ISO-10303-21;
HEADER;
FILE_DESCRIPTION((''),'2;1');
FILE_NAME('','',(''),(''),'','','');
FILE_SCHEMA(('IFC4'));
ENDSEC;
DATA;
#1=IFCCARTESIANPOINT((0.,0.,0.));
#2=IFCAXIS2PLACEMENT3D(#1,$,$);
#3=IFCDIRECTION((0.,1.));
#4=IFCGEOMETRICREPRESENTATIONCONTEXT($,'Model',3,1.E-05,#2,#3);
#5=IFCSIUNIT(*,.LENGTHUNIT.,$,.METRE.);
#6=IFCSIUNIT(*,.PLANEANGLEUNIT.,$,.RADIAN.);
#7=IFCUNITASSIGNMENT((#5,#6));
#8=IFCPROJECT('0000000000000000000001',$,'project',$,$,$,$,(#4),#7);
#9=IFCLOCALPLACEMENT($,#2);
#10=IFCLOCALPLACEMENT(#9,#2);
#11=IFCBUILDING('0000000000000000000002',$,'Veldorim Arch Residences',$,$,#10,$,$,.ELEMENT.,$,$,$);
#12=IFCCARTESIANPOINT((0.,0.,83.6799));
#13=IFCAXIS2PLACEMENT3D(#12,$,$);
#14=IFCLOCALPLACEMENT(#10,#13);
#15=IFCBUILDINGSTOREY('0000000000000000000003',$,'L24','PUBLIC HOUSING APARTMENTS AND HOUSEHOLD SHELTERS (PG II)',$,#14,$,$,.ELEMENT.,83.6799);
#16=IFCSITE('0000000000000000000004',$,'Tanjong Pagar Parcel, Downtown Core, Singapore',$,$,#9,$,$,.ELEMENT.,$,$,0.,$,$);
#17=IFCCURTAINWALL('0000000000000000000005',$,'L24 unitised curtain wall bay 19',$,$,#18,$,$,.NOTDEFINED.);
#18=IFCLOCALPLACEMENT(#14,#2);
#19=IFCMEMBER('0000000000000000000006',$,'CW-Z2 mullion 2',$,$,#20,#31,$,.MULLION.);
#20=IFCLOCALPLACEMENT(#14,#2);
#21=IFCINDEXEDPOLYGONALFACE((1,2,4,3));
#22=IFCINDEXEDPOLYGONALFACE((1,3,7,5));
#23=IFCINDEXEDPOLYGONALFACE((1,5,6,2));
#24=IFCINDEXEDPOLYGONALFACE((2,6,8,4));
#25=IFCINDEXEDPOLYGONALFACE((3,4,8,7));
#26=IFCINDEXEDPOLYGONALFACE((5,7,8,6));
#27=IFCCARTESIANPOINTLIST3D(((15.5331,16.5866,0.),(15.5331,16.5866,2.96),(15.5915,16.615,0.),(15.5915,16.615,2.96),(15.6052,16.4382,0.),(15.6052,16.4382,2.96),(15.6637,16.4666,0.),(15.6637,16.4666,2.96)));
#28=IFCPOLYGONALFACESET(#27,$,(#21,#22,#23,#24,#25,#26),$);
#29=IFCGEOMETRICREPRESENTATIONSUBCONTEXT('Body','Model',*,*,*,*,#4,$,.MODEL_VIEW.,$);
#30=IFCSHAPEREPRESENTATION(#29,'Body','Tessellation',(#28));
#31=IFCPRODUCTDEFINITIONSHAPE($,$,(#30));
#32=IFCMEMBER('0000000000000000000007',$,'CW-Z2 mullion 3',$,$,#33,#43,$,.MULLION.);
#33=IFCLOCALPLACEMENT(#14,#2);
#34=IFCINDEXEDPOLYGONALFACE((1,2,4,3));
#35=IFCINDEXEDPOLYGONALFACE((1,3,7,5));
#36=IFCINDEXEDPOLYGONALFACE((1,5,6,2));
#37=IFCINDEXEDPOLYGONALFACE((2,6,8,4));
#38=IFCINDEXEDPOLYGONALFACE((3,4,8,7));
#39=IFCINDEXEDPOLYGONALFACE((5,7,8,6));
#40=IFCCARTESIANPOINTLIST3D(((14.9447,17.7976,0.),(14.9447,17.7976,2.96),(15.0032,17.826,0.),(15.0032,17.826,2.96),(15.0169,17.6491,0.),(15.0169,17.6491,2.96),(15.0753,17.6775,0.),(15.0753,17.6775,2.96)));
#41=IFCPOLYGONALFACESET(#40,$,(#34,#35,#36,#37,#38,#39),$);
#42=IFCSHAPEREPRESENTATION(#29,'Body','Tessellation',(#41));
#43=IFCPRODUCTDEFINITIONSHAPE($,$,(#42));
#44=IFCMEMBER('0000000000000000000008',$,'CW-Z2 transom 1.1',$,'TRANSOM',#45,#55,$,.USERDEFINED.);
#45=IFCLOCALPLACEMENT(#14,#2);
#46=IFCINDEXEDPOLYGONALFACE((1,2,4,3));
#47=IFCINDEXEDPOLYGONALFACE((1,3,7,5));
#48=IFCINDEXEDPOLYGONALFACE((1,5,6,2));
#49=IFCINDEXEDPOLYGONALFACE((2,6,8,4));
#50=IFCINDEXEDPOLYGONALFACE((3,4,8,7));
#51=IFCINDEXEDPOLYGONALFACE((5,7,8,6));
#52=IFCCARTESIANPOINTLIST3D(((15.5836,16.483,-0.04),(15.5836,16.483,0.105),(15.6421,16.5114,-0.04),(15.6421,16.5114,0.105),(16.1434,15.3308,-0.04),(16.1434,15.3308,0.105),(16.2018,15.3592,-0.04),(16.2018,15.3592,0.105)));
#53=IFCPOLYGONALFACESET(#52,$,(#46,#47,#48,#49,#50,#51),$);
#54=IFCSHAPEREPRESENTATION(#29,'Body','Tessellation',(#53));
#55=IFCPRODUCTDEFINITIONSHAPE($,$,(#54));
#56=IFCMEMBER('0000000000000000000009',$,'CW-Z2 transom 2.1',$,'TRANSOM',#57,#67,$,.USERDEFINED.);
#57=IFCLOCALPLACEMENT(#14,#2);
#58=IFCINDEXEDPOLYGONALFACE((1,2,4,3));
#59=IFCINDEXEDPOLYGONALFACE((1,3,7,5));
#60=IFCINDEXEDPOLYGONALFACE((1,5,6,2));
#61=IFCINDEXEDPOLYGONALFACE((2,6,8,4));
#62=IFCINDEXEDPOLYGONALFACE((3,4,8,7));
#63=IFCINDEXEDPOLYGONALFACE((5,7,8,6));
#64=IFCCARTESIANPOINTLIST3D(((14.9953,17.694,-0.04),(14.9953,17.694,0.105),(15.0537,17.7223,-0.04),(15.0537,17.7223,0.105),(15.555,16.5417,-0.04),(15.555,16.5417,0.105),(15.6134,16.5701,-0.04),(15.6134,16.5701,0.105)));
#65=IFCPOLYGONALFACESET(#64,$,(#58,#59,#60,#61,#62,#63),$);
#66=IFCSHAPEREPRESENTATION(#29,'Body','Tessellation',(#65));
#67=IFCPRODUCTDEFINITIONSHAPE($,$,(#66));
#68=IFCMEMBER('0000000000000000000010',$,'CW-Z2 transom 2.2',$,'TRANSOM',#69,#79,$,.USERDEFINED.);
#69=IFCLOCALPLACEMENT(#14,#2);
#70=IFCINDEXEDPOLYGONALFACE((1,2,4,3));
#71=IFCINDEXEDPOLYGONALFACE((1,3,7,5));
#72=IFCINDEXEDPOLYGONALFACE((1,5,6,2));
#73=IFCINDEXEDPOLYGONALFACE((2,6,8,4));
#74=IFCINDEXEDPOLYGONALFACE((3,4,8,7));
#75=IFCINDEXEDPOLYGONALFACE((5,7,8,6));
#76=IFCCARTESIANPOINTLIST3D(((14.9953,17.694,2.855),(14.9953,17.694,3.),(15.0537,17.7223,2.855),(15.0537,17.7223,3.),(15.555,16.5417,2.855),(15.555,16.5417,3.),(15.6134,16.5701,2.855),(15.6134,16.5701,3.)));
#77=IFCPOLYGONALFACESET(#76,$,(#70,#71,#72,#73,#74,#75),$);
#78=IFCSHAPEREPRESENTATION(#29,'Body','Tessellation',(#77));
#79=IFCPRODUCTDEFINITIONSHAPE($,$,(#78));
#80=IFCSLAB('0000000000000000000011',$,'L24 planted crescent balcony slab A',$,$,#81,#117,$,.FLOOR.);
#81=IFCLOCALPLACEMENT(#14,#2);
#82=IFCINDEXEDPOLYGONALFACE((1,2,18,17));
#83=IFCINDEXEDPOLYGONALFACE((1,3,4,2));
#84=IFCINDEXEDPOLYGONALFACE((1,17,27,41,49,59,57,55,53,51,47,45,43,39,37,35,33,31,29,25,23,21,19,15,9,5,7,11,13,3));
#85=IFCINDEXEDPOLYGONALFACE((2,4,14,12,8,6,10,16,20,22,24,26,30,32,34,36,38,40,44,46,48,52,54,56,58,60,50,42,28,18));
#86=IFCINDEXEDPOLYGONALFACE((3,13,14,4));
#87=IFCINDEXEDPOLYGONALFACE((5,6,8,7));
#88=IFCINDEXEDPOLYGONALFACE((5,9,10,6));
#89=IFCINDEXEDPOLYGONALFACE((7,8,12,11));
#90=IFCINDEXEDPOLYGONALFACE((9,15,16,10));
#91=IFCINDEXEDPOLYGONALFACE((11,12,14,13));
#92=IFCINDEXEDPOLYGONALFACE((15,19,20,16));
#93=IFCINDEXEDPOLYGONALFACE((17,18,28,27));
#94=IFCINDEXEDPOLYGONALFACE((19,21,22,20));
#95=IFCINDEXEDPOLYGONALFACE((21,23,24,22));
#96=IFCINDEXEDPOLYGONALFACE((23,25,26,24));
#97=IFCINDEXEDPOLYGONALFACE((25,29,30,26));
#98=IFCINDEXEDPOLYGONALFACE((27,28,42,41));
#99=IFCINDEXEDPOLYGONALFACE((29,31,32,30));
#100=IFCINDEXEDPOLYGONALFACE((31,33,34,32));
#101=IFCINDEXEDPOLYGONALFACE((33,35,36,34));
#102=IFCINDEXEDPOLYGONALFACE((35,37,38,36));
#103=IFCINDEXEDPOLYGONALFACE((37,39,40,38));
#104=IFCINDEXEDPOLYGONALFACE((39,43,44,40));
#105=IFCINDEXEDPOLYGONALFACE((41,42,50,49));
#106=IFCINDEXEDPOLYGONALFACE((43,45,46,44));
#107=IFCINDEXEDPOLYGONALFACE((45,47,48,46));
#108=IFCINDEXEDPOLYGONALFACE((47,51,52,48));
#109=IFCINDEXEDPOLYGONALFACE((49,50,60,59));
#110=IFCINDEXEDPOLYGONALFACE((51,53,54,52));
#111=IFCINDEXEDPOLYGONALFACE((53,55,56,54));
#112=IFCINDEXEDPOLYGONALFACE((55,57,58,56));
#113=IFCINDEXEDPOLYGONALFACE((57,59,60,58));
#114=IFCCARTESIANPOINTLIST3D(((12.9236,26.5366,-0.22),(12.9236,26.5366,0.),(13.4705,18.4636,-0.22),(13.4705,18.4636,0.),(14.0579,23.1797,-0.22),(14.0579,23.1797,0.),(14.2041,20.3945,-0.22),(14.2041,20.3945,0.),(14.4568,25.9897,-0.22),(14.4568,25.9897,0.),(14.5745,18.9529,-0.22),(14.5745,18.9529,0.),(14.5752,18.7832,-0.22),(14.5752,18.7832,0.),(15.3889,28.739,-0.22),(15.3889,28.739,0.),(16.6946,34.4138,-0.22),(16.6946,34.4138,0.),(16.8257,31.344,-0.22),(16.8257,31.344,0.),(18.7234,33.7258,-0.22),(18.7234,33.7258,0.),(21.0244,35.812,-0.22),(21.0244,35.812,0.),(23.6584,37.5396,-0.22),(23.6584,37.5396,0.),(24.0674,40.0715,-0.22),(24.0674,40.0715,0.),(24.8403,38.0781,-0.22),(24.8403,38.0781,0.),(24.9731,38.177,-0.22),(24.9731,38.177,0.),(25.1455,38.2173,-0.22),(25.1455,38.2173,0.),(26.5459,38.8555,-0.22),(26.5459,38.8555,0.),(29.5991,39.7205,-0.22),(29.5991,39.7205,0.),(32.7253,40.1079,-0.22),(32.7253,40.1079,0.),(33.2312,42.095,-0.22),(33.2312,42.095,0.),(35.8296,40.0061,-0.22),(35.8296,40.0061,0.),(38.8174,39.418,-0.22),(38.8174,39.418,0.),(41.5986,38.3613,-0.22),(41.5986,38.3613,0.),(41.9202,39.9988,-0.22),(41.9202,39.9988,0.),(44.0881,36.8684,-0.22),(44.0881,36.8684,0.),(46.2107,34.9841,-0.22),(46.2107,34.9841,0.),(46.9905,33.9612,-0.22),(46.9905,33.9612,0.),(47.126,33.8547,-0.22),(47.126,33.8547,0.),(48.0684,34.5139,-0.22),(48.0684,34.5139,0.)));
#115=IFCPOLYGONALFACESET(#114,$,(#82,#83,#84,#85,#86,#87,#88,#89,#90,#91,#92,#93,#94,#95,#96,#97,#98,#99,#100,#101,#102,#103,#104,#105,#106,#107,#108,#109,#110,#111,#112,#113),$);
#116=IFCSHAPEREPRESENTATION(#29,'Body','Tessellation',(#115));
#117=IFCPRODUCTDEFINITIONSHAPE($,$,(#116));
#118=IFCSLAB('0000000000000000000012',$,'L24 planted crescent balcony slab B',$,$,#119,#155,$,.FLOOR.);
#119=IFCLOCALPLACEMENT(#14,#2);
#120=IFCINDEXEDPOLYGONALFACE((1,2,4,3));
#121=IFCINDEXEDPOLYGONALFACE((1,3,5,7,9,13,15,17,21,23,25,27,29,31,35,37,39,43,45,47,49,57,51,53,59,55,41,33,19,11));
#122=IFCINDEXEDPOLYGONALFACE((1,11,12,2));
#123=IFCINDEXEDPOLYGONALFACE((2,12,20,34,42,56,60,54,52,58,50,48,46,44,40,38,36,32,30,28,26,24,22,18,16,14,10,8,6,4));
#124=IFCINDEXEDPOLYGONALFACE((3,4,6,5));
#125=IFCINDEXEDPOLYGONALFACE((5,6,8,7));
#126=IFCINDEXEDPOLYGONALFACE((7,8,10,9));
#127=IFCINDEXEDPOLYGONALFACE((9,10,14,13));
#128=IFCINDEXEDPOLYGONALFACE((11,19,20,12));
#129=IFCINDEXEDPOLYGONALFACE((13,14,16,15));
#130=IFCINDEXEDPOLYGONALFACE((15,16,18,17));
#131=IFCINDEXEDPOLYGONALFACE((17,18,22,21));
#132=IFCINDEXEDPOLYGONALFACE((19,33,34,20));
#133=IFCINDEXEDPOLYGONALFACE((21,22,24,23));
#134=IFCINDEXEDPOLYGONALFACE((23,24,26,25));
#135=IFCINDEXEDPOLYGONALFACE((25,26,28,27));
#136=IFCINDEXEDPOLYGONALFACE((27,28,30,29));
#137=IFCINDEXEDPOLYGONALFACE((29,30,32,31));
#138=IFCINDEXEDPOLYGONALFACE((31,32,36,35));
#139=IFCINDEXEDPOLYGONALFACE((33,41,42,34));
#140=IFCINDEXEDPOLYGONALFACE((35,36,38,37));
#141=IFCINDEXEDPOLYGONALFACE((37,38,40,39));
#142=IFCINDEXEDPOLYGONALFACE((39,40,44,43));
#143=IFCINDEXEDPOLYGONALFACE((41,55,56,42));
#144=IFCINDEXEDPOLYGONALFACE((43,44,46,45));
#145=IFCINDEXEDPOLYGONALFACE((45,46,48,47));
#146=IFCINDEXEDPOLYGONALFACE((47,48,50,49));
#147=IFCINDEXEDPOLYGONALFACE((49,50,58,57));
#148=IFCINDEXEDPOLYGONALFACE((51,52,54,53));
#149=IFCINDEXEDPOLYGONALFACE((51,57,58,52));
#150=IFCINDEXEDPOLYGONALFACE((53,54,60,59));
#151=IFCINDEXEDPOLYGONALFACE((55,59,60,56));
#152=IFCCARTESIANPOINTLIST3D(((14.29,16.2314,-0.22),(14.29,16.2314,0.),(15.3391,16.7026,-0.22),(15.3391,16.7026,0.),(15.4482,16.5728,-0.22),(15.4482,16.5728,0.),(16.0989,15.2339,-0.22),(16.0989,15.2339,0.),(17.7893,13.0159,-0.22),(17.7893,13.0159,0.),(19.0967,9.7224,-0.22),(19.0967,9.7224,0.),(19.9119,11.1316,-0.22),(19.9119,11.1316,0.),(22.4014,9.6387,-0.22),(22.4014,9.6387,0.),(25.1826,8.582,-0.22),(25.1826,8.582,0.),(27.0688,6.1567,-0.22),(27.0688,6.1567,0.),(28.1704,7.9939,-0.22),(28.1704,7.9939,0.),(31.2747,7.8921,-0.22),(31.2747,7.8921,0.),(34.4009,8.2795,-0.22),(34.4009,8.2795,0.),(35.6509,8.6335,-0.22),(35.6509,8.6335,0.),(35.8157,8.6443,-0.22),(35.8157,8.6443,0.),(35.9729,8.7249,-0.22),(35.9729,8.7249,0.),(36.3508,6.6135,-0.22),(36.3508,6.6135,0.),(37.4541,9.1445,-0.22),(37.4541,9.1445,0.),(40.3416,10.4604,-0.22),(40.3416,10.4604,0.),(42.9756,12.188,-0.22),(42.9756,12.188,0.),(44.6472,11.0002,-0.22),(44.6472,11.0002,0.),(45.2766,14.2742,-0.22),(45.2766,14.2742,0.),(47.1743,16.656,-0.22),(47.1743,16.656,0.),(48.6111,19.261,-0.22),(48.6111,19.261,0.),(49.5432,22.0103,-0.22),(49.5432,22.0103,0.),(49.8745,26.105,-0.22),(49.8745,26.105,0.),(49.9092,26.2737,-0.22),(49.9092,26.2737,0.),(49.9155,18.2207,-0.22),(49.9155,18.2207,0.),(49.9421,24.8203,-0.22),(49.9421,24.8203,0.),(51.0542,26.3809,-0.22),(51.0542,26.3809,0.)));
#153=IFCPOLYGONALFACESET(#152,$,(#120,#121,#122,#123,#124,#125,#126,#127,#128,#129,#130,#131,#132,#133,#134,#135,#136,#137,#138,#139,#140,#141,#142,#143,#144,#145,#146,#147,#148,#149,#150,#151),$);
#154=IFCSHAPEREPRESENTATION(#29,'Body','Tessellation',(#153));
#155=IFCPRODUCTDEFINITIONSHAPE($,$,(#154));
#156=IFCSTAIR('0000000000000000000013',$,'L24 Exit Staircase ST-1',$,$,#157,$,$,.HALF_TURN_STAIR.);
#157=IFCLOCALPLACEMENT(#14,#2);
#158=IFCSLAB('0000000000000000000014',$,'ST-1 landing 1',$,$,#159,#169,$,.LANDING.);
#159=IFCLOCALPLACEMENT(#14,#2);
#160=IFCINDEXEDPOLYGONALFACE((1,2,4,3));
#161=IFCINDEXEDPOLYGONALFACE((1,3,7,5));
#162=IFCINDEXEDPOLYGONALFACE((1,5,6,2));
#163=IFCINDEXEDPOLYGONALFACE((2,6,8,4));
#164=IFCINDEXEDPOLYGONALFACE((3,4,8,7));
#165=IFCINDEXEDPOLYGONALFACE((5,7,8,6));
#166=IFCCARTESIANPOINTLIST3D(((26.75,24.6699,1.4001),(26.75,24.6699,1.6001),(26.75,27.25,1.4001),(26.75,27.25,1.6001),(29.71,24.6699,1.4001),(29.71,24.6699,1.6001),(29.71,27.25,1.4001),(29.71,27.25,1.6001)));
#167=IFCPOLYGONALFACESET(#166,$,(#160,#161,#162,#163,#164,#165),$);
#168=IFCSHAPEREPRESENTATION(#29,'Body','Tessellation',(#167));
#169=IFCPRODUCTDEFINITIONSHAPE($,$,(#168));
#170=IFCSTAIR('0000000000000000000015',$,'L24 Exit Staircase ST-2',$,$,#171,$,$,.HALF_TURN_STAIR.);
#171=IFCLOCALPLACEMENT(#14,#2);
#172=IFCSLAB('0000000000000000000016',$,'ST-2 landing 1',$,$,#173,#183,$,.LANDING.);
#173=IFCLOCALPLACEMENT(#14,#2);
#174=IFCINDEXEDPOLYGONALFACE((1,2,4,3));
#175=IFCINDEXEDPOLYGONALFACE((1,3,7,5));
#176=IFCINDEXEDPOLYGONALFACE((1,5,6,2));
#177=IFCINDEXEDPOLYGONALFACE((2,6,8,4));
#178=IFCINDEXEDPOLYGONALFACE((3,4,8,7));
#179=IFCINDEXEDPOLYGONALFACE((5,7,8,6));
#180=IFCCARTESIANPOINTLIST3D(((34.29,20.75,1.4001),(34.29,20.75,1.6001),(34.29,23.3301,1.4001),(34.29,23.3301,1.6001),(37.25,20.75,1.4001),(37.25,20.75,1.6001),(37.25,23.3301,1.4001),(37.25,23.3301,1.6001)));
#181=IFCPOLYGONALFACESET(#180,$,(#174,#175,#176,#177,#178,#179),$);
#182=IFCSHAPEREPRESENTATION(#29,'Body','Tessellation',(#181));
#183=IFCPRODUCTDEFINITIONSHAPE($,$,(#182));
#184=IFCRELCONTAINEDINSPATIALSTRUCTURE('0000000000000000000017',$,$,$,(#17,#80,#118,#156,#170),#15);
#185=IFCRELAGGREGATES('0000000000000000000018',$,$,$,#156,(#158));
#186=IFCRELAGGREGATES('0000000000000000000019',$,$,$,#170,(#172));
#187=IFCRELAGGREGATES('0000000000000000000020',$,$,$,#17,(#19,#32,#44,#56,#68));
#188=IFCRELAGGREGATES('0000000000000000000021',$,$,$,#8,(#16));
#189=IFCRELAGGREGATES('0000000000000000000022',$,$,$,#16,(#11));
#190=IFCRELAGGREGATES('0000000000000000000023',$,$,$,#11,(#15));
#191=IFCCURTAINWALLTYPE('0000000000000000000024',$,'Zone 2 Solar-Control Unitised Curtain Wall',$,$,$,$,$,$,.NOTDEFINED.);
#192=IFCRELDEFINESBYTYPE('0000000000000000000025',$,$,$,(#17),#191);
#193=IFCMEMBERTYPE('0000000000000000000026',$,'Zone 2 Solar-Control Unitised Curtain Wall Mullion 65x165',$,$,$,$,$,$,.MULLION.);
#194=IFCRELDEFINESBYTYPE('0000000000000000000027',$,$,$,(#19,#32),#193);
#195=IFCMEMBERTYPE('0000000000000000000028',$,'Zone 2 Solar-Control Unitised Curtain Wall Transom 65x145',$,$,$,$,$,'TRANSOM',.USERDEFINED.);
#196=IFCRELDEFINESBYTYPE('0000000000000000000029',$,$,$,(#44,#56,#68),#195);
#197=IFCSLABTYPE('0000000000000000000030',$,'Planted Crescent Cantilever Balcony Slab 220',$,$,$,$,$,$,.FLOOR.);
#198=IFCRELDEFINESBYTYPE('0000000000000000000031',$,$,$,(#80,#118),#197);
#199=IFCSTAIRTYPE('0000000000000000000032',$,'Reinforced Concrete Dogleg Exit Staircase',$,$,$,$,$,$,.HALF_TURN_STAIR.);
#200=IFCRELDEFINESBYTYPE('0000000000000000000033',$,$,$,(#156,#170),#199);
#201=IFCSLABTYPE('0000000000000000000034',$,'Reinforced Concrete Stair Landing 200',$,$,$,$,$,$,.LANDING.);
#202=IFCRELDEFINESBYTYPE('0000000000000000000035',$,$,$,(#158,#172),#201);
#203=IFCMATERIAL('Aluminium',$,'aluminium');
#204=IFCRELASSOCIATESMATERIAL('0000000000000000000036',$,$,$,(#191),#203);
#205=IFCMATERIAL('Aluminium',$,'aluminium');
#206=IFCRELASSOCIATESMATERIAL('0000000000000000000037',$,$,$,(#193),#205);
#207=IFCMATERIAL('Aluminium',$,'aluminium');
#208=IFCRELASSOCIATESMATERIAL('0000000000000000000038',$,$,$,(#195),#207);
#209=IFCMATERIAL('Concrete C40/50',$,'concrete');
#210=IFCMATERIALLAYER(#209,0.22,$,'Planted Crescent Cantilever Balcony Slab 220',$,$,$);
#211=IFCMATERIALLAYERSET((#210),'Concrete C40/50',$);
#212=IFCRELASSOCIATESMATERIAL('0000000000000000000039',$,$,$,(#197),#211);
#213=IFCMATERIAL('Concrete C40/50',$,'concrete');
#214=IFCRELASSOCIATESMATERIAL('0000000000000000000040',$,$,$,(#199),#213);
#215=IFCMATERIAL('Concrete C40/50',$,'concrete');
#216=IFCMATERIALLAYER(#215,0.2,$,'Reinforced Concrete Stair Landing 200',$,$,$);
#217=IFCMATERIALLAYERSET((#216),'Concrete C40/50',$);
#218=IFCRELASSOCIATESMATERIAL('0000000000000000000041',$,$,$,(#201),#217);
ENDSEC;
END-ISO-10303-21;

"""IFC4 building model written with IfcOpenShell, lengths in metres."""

from ifc_helpers import new_model, si_unit, direction, frame, origin, origin_2d, place, context, subcontext, project, spatial, polyline, rectangle, outline, extrude, material, layer, layer_set, material_profile, profile_set, type_object, element, aggregate, save


model = new_model("IFC4")

# Units and contexts
model_context = context("Model", 3, precision=1e-05, world=origin(), true_north=direction((0.0, 1.0)))
body_context = subcontext(model_context, "Body", "Model", "MODEL_VIEW")
ifc_project = project(units=[si_unit("LENGTHUNIT", "METRE"), si_unit("PLANEANGLEUNIT", "RADIAN")], contexts=[model_context])

# Site, building, storey
site_placement = place(None, origin())
site = spatial("IfcSite", under=ifc_project, at=site_placement, Name="Tanjong Pagar Parcel, Downtown Core, Singapore", CompositionType="ELEMENT", RefElevation=0.0)
building_placement = place(site_placement, origin())
building = spatial("IfcBuilding", under=site, at=building_placement, Name="Veldorim Arch Residences", CompositionType="ELEMENT")
storey_placement = place(building_placement, frame((0.0, 0.0, 83.6799)))
storey = spatial("IfcBuildingStorey", under=building, at=storey_placement, Name="L24", Description="PUBLIC HOUSING APARTMENTS AND HOUSEHOLD SHELTERS (PG II)", CompositionType="ELEMENT", Elevation=83.6799)

# Curtain wall, members
ifc_material_1 = material(Name="Aluminium", Category="aluminium")
curtain_wall_type = type_object("IfcCurtainWallType", Name="Zone 2 Solar-Control Unitised Curtain Wall", PredefinedType="NOTDEFINED", material=ifc_material_1)
curtain_wall_placement = place(storey_placement, origin())
curtain_wall = element("IfcCurtainWall", 1, at=curtain_wall_placement, inside=storey, type_object=curtain_wall_type, Name="L24 unitised curtain wall bay 19", PredefinedType="NOTDEFINED")
ifc_material_2 = material(Name="Aluminium", Category="aluminium")
ifc_material_profile_1 = material_profile(ifc_material_2, rectangle(XDim=0.0649, YDim=0.165, at=origin_2d()), Name="ALU_MUL_65x165")
ifc_profile_set_1 = profile_set([ifc_material_profile_1], Name="Aluminium")
member_type_1 = type_object("IfcMemberType", Name="Zone 2 Solar-Control Unitised Curtain Wall Mullion 65x165", PredefinedType="MULLION", material=ifc_profile_set_1)
member_1_placement = place(storey_placement, frame((15.5984, 16.5266, 0.0), z_axis=(0.0, 0.0, 1.0), x_axis=(-0.899439, -0.437046, 0.0)))
member_1 = element("IfcMember", 2, at=member_1_placement, type_object=member_type_1, Name="CW-Z2 mullion 2", PredefinedType="MULLION", context=body_context, shape_type="SweptSolid", body=[
    extrude(rectangle(XDim=0.0649, YDim=0.165, at=origin_2d()), origin(), (0.0, 0.0, 1.0), 2.96),
])
member_2_placement = place(storey_placement, frame((15.01, 17.7375, 0.0), z_axis=(0.0, 0.0, 1.0), x_axis=(-0.899439, -0.437046, 0.0)))
member_2 = element("IfcMember", 3, at=member_2_placement, type_object=member_type_1, Name="CW-Z2 mullion 3", PredefinedType="MULLION", context=body_context, shape_type="SweptSolid", body=[
    extrude(rectangle(XDim=0.0649, YDim=0.165, at=origin_2d()), origin(), (0.0, 0.0, 1.0), 2.96),
])
ifc_material_3 = material(Name="Aluminium", Category="aluminium")
ifc_material_profile_2 = material_profile(ifc_material_3, rectangle(XDim=0.0649, YDim=0.145, at=origin_2d()), Name="ALU_TRN_65x145")
ifc_profile_set_2 = profile_set([ifc_material_profile_2], Name="Aluminium")
member_type_2 = type_object("IfcMemberType", Name="Zone 2 Solar-Control Unitised Curtain Wall Transom 65x145", ElementType="TRANSOM", PredefinedType="USERDEFINED", material=ifc_profile_set_2)
member_3_placement = place(storey_placement, frame((16.1726, 15.345, 0.0325), z_axis=(-0.43697, 0.899476, 0.0), x_axis=(-0.899476, -0.43697, 0.0)))
member_3 = element("IfcMember", 4, at=member_3_placement, type_object=member_type_2, Name="CW-Z2 transom 1.1", ObjectType="TRANSOM", PredefinedType="USERDEFINED", context=body_context, shape_type="SweptSolid", body=[
    extrude(rectangle(XDim=0.0649, YDim=0.145, at=origin_2d()), origin(), (0.0, 0.0, 1.0), 1.281),
])
member_4_placement = place(storey_placement, frame((15.5842, 16.5559, 0.0325), z_axis=(-0.43697, 0.899476, 0.0), x_axis=(-0.899476, -0.43697, 0.0)))
member_4 = element("IfcMember", 5, at=member_4_placement, type_object=member_type_2, Name="CW-Z2 transom 2.1", ObjectType="TRANSOM", PredefinedType="USERDEFINED", context=body_context, shape_type="SweptSolid", body=[
    extrude(rectangle(XDim=0.0649, YDim=0.145, at=origin_2d()), origin(), (0.0, 0.0, 1.0), 1.281),
])
member_5_placement = place(storey_placement, frame((15.5842, 16.5559, 2.9275), z_axis=(-0.43697, 0.899476, 0.0), x_axis=(-0.899476, -0.43697, 0.0)))
member_5 = element("IfcMember", 6, at=member_5_placement, type_object=member_type_2, Name="CW-Z2 transom 2.2", ObjectType="TRANSOM", PredefinedType="USERDEFINED", context=body_context, shape_type="SweptSolid", body=[
    extrude(rectangle(XDim=0.0649, YDim=0.145, at=origin_2d()), origin(), (0.0, 0.0, 1.0), 1.281),
])

# Slabs
ifc_material_4 = material(Name="Concrete C40/50", Category="concrete")
ifc_layer_1 = layer(ifc_material_4, 0.22, Name="Planted Crescent Cantilever Balcony Slab 220")
ifc_layer_set_1 = layer_set([ifc_layer_1], Name="Concrete C40/50")
slab_type_1 = type_object("IfcSlabType", Name="Planted Crescent Cantilever Balcony Slab 220", PredefinedType="FLOOR", material=ifc_layer_set_1)
slab_1_placement = place(storey_placement, frame((0.0, 0.0, -0.22)))
element("IfcSlab", 7, at=slab_1_placement, inside=storey, type_object=slab_type_1, Name="L24 planted crescent balcony slab A", PredefinedType="FLOOR", context=body_context, shape_type="SweptSolid", body=[
    extrude(outline(polyline([(46.9905, 33.9612), (46.2107, 34.9841), (44.0881, 36.8684), (41.5986, 38.3613), (38.8174, 39.418), (35.8296, 40.0061), (32.7253, 40.1079), (29.5991, 39.7205), (26.5459, 38.8555), (25.1455, 38.2173), (24.9731, 38.177), (24.8403, 38.0781), (23.6584, 37.5396), (21.0244, 35.812), (18.7234, 33.7258), (16.8257, 31.344), (15.3889, 28.739), (14.4568, 25.9897), (14.0579, 23.1797), (14.2041, 20.3945), (14.5745, 18.9529), (14.5752, 18.7832), (13.4705, 18.4636), (12.9236, 26.5366), (16.6946, 34.4138), (24.0674, 40.0715), (33.2312, 42.095), (41.9202, 39.9988), (48.0684, 34.5139), (47.126, 33.8547), (46.9905, 33.9612)])), origin(), (0.0, 0.0, 1.0), 0.22),
])
slab_2_placement = place(storey_placement, frame((0.0, 0.0, -0.22)))
element("IfcSlab", 8, at=slab_2_placement, inside=storey, type_object=slab_type_1, Name="L24 planted crescent balcony slab B", PredefinedType="FLOOR", context=body_context, shape_type="SweptSolid", body=[
    extrude(outline(polyline([(15.4482, 16.5728), (16.0989, 15.2339), (17.7893, 13.0159), (19.9119, 11.1316), (22.4014, 9.6387), (25.1826, 8.582), (28.1704, 7.9939), (31.2747, 7.8921), (34.4009, 8.2795), (35.6509, 8.6335), (35.8157, 8.6443), (35.9729, 8.7249), (37.4541, 9.1445), (40.3416, 10.4604), (42.9756, 12.188), (45.2766, 14.2742), (47.1743, 16.656), (48.6111, 19.261), (49.5432, 22.0103), (49.9421, 24.8203), (49.8745, 26.105), (49.9092, 26.2737), (51.0542, 26.3809), (49.9155, 18.2207), (44.6472, 11.0002), (36.3508, 6.6135), (27.0688, 6.1567), (19.0967, 9.7224), (14.29, 16.2314), (15.3391, 16.7026), (15.4482, 16.5728)])), origin(), (0.0, 0.0, 1.0), 0.22),
])

# Stairs, slabs
ifc_material_5 = material(Name="Concrete C40/50", Category="concrete")
stair_type = type_object("IfcStairType", Name="Reinforced Concrete Dogleg Exit Staircase", PredefinedType="HALF_TURN_STAIR", material=ifc_material_5)
stair_1_placement = place(storey_placement, origin())
stair_1 = element("IfcStair", 9, at=stair_1_placement, inside=storey, type_object=stair_type, Name="L24 Exit Staircase ST-1", PredefinedType="HALF_TURN_STAIR")
ifc_material_6 = material(Name="Concrete C40/50", Category="concrete")
ifc_layer_2 = layer(ifc_material_6, 0.2, Name="Reinforced Concrete Stair Landing 200")
ifc_layer_set_2 = layer_set([ifc_layer_2], Name="Concrete C40/50")
slab_type_2 = type_object("IfcSlabType", Name="Reinforced Concrete Stair Landing 200", PredefinedType="LANDING", material=ifc_layer_set_2)
slab_3_placement = place(storey_placement, frame((0.0, 0.0, 1.4001)))
slab_3 = element("IfcSlab", 10, at=slab_3_placement, type_object=slab_type_2, Name="ST-1 landing 1", PredefinedType="LANDING", context=body_context, shape_type="SweptSolid", body=[
    extrude(outline(polyline([(29.71, 24.6699), (29.71, 27.25), (26.75, 27.25), (26.75, 24.6699), (29.71, 24.6699)])), origin(), (0.0, 0.0, 1.0), 0.2),
])
aggregate(stair_1, [slab_3])
stair_2_placement = place(storey_placement, origin())
stair_2 = element("IfcStair", 11, at=stair_2_placement, inside=storey, type_object=stair_type, Name="L24 Exit Staircase ST-2", PredefinedType="HALF_TURN_STAIR")
slab_4_placement = place(storey_placement, frame((0.0, 0.0, 1.4001)))
slab_4 = element("IfcSlab", 12, at=slab_4_placement, type_object=slab_type_2, Name="ST-2 landing 1", PredefinedType="LANDING", context=body_context, shape_type="SweptSolid", body=[
    extrude(outline(polyline([(34.29, 23.3301), (34.29, 20.75), (37.25, 20.75), (37.25, 23.3301), (34.29, 23.3301)])), origin(), (0.0, 0.0, 1.0), 0.2),
])
aggregate(stair_2, [slab_4])

aggregate(curtain_wall, [member_1, member_2, member_3, member_4, member_5])

save(model, "model.ifc")
